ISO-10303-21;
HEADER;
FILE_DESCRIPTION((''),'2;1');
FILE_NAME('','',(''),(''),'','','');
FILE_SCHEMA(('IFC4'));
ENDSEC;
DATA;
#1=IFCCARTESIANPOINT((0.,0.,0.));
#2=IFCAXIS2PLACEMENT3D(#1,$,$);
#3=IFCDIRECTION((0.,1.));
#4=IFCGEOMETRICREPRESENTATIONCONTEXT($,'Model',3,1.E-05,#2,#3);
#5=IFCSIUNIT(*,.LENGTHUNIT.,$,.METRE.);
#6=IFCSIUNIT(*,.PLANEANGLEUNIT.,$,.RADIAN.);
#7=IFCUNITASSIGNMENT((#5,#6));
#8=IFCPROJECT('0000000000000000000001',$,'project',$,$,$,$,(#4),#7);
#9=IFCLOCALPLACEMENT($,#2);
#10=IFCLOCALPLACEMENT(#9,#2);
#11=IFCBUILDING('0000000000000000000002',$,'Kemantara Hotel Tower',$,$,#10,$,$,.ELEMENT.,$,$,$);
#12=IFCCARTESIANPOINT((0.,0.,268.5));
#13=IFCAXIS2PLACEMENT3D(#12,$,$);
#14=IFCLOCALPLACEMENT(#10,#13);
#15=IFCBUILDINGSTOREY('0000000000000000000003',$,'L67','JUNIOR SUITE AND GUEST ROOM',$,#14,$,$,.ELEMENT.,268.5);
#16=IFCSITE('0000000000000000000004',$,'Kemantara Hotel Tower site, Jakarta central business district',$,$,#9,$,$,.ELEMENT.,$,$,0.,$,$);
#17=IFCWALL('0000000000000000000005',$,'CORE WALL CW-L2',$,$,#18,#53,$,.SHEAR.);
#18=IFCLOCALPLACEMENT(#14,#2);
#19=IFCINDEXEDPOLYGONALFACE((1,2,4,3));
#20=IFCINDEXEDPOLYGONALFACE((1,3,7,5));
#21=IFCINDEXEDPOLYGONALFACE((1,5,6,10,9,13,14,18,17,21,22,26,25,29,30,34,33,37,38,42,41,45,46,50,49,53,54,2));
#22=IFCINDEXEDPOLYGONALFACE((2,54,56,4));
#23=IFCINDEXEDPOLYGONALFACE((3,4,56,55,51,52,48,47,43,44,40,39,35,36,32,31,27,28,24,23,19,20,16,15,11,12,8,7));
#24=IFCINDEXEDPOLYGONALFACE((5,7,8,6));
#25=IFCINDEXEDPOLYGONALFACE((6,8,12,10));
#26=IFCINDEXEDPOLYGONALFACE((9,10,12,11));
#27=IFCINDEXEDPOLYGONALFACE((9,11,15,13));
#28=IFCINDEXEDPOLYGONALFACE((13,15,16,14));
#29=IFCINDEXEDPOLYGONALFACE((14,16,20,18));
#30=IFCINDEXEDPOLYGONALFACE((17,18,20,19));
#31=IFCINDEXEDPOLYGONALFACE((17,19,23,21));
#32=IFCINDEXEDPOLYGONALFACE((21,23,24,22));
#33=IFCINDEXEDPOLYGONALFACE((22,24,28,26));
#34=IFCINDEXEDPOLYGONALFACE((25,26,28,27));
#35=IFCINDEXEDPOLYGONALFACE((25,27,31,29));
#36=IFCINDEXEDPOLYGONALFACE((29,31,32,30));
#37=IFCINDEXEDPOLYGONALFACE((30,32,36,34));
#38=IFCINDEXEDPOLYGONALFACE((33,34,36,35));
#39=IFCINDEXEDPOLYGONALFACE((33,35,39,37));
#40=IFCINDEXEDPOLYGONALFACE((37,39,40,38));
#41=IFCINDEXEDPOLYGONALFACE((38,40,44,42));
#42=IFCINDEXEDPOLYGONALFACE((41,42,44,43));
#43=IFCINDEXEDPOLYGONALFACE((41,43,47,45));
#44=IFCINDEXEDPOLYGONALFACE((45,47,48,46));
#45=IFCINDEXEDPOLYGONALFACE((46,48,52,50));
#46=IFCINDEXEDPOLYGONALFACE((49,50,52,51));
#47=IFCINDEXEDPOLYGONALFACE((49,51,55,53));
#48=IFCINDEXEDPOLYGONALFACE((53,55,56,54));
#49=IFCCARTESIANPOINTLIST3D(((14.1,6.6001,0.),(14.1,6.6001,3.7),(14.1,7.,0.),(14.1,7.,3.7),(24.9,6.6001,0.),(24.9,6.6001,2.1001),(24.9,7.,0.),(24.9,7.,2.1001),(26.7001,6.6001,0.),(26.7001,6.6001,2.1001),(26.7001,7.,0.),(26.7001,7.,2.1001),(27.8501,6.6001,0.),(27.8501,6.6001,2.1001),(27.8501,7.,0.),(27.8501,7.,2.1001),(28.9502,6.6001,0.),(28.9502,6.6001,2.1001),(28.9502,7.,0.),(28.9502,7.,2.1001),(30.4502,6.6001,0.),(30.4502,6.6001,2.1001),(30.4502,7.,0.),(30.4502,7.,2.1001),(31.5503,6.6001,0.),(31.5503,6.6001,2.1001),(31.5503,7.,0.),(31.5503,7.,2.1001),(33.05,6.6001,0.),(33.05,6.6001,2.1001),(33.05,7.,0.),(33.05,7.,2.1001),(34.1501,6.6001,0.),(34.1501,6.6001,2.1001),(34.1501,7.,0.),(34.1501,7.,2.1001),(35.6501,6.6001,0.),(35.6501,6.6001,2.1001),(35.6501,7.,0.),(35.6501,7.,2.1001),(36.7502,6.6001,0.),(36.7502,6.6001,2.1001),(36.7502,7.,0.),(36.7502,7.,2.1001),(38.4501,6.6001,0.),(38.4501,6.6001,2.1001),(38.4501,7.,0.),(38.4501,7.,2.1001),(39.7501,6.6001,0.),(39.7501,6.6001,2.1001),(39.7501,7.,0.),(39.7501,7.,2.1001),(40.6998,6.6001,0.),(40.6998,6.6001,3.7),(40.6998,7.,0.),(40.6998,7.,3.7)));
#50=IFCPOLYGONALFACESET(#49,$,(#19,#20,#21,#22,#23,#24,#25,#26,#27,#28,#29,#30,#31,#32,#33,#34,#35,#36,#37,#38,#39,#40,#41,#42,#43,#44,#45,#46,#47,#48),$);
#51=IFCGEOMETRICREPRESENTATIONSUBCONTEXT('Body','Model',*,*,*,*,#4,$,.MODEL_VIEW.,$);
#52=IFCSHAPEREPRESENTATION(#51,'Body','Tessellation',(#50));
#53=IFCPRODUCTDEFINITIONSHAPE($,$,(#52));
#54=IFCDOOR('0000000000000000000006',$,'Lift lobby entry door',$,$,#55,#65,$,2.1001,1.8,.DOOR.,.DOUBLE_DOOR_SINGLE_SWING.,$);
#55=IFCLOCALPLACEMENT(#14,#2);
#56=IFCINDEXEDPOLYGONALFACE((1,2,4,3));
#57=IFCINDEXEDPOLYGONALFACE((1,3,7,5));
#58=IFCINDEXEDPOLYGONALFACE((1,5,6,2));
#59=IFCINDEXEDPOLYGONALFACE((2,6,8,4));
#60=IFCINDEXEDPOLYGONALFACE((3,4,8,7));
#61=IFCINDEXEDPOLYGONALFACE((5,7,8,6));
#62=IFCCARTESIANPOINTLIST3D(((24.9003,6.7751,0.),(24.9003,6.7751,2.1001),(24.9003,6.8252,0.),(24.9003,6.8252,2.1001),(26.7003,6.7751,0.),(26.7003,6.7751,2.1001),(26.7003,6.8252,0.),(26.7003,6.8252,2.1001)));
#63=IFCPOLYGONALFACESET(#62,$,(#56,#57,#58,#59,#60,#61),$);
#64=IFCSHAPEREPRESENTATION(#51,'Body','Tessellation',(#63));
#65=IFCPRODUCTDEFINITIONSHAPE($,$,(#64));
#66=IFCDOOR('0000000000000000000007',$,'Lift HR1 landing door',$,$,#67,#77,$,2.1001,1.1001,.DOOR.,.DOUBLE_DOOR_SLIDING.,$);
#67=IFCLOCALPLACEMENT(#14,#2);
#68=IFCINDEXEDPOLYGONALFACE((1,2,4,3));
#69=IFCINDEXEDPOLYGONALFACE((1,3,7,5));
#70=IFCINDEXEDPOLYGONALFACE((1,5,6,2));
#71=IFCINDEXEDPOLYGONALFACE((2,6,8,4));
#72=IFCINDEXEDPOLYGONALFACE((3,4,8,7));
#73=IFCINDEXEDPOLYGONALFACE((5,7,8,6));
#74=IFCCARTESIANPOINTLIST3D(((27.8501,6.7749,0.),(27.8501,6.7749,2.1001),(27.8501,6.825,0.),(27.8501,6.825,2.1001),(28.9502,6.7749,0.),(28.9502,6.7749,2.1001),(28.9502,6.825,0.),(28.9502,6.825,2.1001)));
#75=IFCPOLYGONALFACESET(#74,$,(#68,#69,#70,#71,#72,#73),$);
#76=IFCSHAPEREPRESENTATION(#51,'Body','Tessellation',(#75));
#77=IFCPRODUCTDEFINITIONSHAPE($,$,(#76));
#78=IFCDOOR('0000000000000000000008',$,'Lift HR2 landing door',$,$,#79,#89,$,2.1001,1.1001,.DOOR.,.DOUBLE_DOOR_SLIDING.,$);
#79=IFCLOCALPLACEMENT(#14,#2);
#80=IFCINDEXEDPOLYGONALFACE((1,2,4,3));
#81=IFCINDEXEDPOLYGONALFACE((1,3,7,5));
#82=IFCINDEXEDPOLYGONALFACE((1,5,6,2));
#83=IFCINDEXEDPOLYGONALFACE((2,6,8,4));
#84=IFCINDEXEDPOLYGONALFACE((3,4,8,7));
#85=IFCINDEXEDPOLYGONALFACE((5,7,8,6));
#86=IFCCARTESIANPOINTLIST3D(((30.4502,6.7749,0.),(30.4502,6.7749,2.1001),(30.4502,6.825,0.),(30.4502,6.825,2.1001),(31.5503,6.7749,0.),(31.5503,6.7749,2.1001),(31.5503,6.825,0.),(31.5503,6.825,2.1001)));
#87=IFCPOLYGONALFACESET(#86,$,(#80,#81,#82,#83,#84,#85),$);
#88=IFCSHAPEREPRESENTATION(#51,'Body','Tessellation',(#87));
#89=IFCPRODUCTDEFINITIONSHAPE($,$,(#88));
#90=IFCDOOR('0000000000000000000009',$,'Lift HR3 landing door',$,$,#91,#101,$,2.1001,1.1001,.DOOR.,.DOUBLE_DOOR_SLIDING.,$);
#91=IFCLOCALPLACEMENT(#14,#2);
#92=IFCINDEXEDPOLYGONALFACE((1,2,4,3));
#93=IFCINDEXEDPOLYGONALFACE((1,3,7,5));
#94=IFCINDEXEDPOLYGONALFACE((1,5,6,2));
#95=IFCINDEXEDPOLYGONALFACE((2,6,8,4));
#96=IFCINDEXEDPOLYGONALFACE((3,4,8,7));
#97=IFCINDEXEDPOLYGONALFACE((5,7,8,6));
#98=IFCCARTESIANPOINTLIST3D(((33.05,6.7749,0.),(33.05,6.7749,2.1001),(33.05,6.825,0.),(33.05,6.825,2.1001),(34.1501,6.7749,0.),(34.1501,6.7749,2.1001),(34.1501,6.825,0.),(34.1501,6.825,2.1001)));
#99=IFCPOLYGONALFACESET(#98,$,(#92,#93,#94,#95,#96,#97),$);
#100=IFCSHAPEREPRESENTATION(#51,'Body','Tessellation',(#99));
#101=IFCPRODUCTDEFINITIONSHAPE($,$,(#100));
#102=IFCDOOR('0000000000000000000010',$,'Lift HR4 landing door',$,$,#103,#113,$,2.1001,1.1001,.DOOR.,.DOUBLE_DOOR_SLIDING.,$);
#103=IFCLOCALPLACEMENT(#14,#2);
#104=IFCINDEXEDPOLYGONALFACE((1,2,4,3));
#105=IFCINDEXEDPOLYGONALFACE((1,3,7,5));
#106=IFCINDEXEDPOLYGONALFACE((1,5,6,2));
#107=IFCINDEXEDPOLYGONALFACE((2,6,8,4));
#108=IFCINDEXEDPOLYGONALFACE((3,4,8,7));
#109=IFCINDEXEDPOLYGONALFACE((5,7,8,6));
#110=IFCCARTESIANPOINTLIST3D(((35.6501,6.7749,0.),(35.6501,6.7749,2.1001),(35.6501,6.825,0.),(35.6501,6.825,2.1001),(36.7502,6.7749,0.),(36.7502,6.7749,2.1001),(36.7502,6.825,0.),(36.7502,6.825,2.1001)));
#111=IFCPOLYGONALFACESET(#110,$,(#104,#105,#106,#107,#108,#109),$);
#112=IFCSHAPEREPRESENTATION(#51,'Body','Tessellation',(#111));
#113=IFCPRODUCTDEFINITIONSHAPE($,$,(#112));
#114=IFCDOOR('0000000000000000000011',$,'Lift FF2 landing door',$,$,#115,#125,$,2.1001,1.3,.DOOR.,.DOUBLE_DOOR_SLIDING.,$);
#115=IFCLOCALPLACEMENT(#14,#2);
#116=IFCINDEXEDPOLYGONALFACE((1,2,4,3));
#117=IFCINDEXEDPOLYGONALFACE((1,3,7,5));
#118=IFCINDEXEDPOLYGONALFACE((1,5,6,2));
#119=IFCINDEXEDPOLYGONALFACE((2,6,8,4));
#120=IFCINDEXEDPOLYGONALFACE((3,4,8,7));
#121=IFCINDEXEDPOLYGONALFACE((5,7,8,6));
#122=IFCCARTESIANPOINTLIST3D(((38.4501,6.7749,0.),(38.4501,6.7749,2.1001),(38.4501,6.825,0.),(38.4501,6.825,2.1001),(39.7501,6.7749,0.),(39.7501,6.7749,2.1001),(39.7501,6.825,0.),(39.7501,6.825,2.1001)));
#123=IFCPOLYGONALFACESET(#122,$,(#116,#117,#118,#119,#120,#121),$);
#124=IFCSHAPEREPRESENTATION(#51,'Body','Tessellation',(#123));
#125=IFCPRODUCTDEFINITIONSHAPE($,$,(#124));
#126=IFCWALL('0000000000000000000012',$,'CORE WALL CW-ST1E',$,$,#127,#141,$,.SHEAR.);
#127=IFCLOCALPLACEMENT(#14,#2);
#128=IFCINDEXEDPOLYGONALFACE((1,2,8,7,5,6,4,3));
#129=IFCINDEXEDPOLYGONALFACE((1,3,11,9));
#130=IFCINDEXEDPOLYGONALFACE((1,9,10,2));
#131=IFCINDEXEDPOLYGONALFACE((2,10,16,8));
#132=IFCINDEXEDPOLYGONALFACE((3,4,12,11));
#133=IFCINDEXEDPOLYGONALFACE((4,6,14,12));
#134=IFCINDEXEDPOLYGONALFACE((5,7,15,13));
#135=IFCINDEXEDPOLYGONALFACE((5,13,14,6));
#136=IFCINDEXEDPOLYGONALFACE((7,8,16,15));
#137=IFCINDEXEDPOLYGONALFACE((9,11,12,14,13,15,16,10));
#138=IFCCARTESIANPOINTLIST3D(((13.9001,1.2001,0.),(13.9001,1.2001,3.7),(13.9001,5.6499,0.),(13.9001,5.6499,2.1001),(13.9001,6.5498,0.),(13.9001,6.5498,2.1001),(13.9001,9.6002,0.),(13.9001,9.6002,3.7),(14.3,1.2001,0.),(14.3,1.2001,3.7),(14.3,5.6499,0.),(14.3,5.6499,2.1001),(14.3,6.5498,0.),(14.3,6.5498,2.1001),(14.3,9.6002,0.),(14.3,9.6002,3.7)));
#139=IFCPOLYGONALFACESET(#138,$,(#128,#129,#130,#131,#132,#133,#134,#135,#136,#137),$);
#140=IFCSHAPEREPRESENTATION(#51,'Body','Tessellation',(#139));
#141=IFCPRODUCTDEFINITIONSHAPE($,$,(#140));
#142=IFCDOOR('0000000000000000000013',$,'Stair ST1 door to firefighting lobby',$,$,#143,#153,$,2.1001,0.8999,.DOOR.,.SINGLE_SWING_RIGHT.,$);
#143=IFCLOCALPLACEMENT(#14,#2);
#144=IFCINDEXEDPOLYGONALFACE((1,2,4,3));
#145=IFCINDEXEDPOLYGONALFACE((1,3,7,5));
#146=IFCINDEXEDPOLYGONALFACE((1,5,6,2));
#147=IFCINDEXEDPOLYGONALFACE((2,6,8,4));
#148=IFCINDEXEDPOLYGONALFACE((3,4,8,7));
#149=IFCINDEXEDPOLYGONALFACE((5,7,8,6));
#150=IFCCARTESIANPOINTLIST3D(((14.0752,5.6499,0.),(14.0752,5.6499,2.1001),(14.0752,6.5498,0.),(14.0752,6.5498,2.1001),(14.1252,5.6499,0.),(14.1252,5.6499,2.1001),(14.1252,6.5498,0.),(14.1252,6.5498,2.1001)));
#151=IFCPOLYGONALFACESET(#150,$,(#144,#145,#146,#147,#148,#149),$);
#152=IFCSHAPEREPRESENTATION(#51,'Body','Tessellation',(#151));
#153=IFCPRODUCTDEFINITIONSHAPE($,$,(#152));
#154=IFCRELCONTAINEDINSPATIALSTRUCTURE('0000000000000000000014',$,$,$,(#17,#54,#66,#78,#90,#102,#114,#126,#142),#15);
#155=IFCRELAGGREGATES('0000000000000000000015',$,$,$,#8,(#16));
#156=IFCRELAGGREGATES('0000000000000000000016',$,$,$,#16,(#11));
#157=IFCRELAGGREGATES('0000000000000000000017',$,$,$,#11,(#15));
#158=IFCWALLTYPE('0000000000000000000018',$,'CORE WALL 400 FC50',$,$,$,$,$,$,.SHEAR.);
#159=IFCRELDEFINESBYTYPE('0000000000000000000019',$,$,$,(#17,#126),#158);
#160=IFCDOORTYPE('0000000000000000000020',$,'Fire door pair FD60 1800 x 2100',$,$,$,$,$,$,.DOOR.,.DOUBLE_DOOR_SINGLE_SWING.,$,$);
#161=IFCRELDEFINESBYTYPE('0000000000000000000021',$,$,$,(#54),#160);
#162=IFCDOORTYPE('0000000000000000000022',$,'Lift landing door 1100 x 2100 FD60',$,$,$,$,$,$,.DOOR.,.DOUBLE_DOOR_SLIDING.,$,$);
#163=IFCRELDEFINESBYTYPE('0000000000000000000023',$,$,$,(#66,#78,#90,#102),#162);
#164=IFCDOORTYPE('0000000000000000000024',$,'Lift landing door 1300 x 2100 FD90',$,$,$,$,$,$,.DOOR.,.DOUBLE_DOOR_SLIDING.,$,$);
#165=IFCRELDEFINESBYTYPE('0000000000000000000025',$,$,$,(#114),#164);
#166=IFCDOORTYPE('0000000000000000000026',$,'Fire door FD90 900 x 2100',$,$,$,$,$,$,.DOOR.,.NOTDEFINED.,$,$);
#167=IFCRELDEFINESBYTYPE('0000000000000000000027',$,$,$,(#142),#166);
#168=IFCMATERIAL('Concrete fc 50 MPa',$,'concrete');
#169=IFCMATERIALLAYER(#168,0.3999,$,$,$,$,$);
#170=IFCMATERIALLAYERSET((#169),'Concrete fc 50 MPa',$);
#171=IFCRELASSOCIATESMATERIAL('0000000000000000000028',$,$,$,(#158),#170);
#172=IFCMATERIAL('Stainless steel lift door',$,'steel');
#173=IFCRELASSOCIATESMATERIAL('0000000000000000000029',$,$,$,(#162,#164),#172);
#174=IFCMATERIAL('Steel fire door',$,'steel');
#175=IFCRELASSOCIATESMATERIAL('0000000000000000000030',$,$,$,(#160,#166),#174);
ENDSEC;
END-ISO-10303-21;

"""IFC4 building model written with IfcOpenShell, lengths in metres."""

from ifc_helpers import new_model, si_unit, direction, frame, frame_2d, origin, place, context, subcontext, project, spatial, rectangle, extrude, material, layer, layer_set, type_object, element, fill, save


model = new_model("IFC4")

# Units and contexts
model_context = context("Model", 3, precision=1e-05, world=origin(), true_north=direction((0.0, 1.0)))
body_context = subcontext(model_context, "Body", "Model", "MODEL_VIEW")
ifc_project = project(units=[si_unit("LENGTHUNIT", "METRE"), si_unit("PLANEANGLEUNIT", "RADIAN")], contexts=[model_context])

# Site, building, storey
site_placement = place(None, origin())
site = spatial("IfcSite", under=ifc_project, at=site_placement, Name="Kemantara Hotel Tower site, Jakarta central business district", CompositionType="ELEMENT", RefElevation=0.0)
building_placement = place(site_placement, origin())
building = spatial("IfcBuilding", under=site, at=building_placement, Name="Kemantara Hotel Tower", CompositionType="ELEMENT")
storey_placement = place(building_placement, frame((0.0, 0.0, 268.5)))
storey = spatial("IfcBuildingStorey", under=building, at=storey_placement, Name="L67", Description="JUNIOR SUITE AND GUEST ROOM", CompositionType="ELEMENT", Elevation=268.5)

# Shared definitions
ifc_material_1 = material(Name="Concrete fc 50 MPa", Category="concrete")

# Shared definitions
ifc_layer_1 = layer(ifc_material_1, 0.3999)
ifc_layer_set_1 = layer_set([ifc_layer_1], Name="Concrete fc 50 MPa")
wall_type_1 = type_object("IfcWallType", Name="CORE WALL 400 FC50", PredefinedType="SHEAR", material=ifc_layer_set_1)
ifc_material_2 = material(Name="Steel fire door", Category="steel")

# Wall, openings, doors
ifc_material_3 = material(Name="Stainless steel lift door", Category="steel")
door_type_1 = type_object("IfcDoorType", Name="Lift landing door 1100 x 2100 FD60", OperationType="DOUBLE_DOOR_SLIDING", PredefinedType="DOOR", material=ifc_material_3)
door_type_2 = type_object("IfcDoorType", Name="Lift landing door 1300 x 2100 FD90", OperationType="DOUBLE_DOOR_SLIDING", PredefinedType="DOOR", material=ifc_material_3)
wall_1_placement = place(storey_placement, frame((14.1001, 6.8, 0.0), z_axis=(0.0, 0.0, 1.0), x_axis=(1.0, 0.0, 0.0)))
wall_1 = element("IfcWall", 1, at=wall_1_placement, inside=storey, type_object=wall_type_1, Name="CORE WALL CW-L2", PredefinedType="SHEAR", context=body_context, shape_type="SweptSolid", body=[
    extrude(rectangle(XDim=26.5999, YDim=0.3999, at=frame_2d((13.2998, 0.0))), origin(), (0.0, 0.0, 1.0), 3.7),
])
opening_1_placement = place(wall_1_placement, frame((10.8, 0.0, 0.0)))
opening_1 = element("IfcOpeningElement", 2, at=opening_1_placement, cuts=wall_1, PredefinedType="OPENING", context=body_context, shape_type="SweptSolid", body=[
    extrude(rectangle(XDim=1.8, YDim=2.1001, at=frame_2d((0.8999, 1.05))), frame((0.0, 0.21, 0.0), z_axis=(0.0, -1.0, 0.0), x_axis=(1.0, 0.0, 0.0)), (0.0, 0.0, 1.0), 0.4199),
])
opening_2_placement = place(wall_1_placement, frame((13.75, 0.0, 0.0)))
opening_2 = element("IfcOpeningElement", 3, at=opening_2_placement, cuts=wall_1, PredefinedType="OPENING", context=body_context, shape_type="SweptSolid", body=[
    extrude(rectangle(XDim=1.1001, YDim=2.1001, at=frame_2d((0.55, 1.05))), frame((0.0, 0.21, 0.0), z_axis=(0.0, -1.0, 0.0), x_axis=(1.0, 0.0, 0.0)), (0.0, 0.0, 1.0), 0.4199),
])
opening_3_placement = place(wall_1_placement, frame((16.3501, 0.0, 0.0)))
opening_3 = element("IfcOpeningElement", 4, at=opening_3_placement, cuts=wall_1, PredefinedType="OPENING", context=body_context, shape_type="SweptSolid", body=[
    extrude(rectangle(XDim=1.1001, YDim=2.1001, at=frame_2d((0.55, 1.05))), frame((0.0, 0.21, 0.0), z_axis=(0.0, -1.0, 0.0), x_axis=(1.0, 0.0, 0.0)), (0.0, 0.0, 1.0), 0.4199),
])
opening_4_placement = place(wall_1_placement, frame((18.95, 0.0, 0.0)))
opening_4 = element("IfcOpeningElement", 5, at=opening_4_placement, cuts=wall_1, PredefinedType="OPENING", context=body_context, shape_type="SweptSolid", body=[
    extrude(rectangle(XDim=1.1001, YDim=2.1001, at=frame_2d((0.55, 1.05))), frame((0.0, 0.21, 0.0), z_axis=(0.0, -1.0, 0.0), x_axis=(1.0, 0.0, 0.0)), (0.0, 0.0, 1.0), 0.4199),
])
opening_5_placement = place(wall_1_placement, frame((21.55, 0.0, 0.0)))
opening_5 = element("IfcOpeningElement", 6, at=opening_5_placement, cuts=wall_1, PredefinedType="OPENING", context=body_context, shape_type="SweptSolid", body=[
    extrude(rectangle(XDim=1.1001, YDim=2.1001, at=frame_2d((0.55, 1.05))), frame((0.0, 0.21, 0.0), z_axis=(0.0, -1.0, 0.0), x_axis=(1.0, 0.0, 0.0)), (0.0, 0.0, 1.0), 0.4199),
])
opening_6_placement = place(wall_1_placement, frame((24.3501, 0.0, 0.0)))
opening_6 = element("IfcOpeningElement", 7, at=opening_6_placement, cuts=wall_1, PredefinedType="OPENING", context=body_context, shape_type="SweptSolid", body=[
    extrude(rectangle(XDim=1.3, YDim=2.1001, at=frame_2d((0.6499, 1.05))), frame((0.0, 0.21, 0.0), z_axis=(0.0, -1.0, 0.0), x_axis=(1.0, 0.0, 0.0)), (0.0, 0.0, 1.0), 0.4199),
])
door_type_3 = type_object("IfcDoorType", Name="Fire door pair FD60 1800 x 2100", OperationType="DOUBLE_DOOR_SINGLE_SWING", PredefinedType="DOOR", material=ifc_material_2)
door_1_placement = place(opening_1_placement, frame((1.8, 0.0, 0.0), z_axis=(0.0, 0.0, 1.0), x_axis=(-1.0, 0.0, 0.0)))
door_1 = element("IfcDoor", 8, at=door_1_placement, inside=storey, type_object=door_type_3, Name="Lift lobby entry door", OperationType="DOUBLE_DOOR_SINGLE_SWING", OverallHeight=2.1001, OverallWidth=1.8, PredefinedType="DOOR", context=body_context, shape_type="SweptSolid", body=[
    extrude(rectangle(XDim=1.8, YDim=2.1001, at=frame_2d((0.8999, 1.05))), frame((0.0, 0.0249, 0.0), z_axis=(0.0, -1.0, 0.0), x_axis=(1.0, 0.0, 0.0)), (0.0, 0.0, 1.0), 0.05),
])
fill(opening_1, door_1)
door_2_placement = place(opening_2_placement, origin())
door_2 = element("IfcDoor", 9, at=door_2_placement, inside=storey, type_object=door_type_1, Name="Lift HR1 landing door", OperationType="DOUBLE_DOOR_SLIDING", OverallHeight=2.1001, OverallWidth=1.1001, PredefinedType="DOOR", context=body_context, shape_type="SweptSolid", body=[
    extrude(rectangle(XDim=1.1001, YDim=2.1001, at=frame_2d((0.55, 1.05))), frame((0.0, 0.0249, 0.0), z_axis=(0.0, -1.0, 0.0), x_axis=(1.0, 0.0, 0.0)), (0.0, 0.0, 1.0), 0.05),
])
fill(opening_2, door_2)
door_3_placement = place(opening_3_placement, origin())
door_3 = element("IfcDoor", 10, at=door_3_placement, inside=storey, type_object=door_type_1, Name="Lift HR2 landing door", OperationType="DOUBLE_DOOR_SLIDING", OverallHeight=2.1001, OverallWidth=1.1001, PredefinedType="DOOR", context=body_context, shape_type="SweptSolid", body=[
    extrude(rectangle(XDim=1.1001, YDim=2.1001, at=frame_2d((0.55, 1.05))), frame((0.0, 0.0249, 0.0), z_axis=(0.0, -1.0, 0.0), x_axis=(1.0, 0.0, 0.0)), (0.0, 0.0, 1.0), 0.05),
])
fill(opening_3, door_3)
door_4_placement = place(opening_4_placement, origin())
door_4 = element("IfcDoor", 11, at=door_4_placement, inside=storey, type_object=door_type_1, Name="Lift HR3 landing door", OperationType="DOUBLE_DOOR_SLIDING", OverallHeight=2.1001, OverallWidth=1.1001, PredefinedType="DOOR", context=body_context, shape_type="SweptSolid", body=[
    extrude(rectangle(XDim=1.1001, YDim=2.1001, at=frame_2d((0.55, 1.05))), frame((0.0, 0.0249, 0.0), z_axis=(0.0, -1.0, 0.0), x_axis=(1.0, 0.0, 0.0)), (0.0, 0.0, 1.0), 0.05),
])
fill(opening_4, door_4)
door_5_placement = place(opening_5_placement, origin())
door_5 = element("IfcDoor", 12, at=door_5_placement, inside=storey, type_object=door_type_1, Name="Lift HR4 landing door", OperationType="DOUBLE_DOOR_SLIDING", OverallHeight=2.1001, OverallWidth=1.1001, PredefinedType="DOOR", context=body_context, shape_type="SweptSolid", body=[
    extrude(rectangle(XDim=1.1001, YDim=2.1001, at=frame_2d((0.55, 1.05))), frame((0.0, 0.0249, 0.0), z_axis=(0.0, -1.0, 0.0), x_axis=(1.0, 0.0, 0.0)), (0.0, 0.0, 1.0), 0.05),
])
fill(opening_5, door_5)
door_6_placement = place(opening_6_placement, origin())
door_6 = element("IfcDoor", 13, at=door_6_placement, inside=storey, type_object=door_type_2, Name="Lift FF2 landing door", OperationType="DOUBLE_DOOR_SLIDING", OverallHeight=2.1001, OverallWidth=1.3, PredefinedType="DOOR", context=body_context, shape_type="SweptSolid", body=[
    extrude(rectangle(XDim=1.3, YDim=2.1001, at=frame_2d((0.6499, 1.05))), frame((0.0, 0.0249, 0.0), z_axis=(0.0, -1.0, 0.0), x_axis=(1.0, 0.0, 0.0)), (0.0, 0.0, 1.0), 0.05),
])
fill(opening_6, door_6)

# Wall, opening, door
wall_2_placement = place(storey_placement, frame((14.1001, 1.2, 0.0), z_axis=(0.0, 0.0, 1.0), x_axis=(0.0, 1.0, 0.0)))
wall_2 = element("IfcWall", 14, at=wall_2_placement, inside=storey, type_object=wall_type_1, Name="CORE WALL CW-ST1E", PredefinedType="SHEAR", context=body_context, shape_type="SweptSolid", body=[
    extrude(rectangle(XDim=8.4001, YDim=0.3999, at=frame_2d((4.2002, 0.0))), origin(), (0.0, 0.0, 1.0), 3.7),
])
opening_7_placement = place(wall_2_placement, frame((4.45, 0.0, 0.0)))
opening_7 = element("IfcOpeningElement", 15, at=opening_7_placement, cuts=wall_2, PredefinedType="OPENING", context=body_context, shape_type="SweptSolid", body=[
    extrude(rectangle(XDim=0.8999, YDim=2.1001, at=frame_2d((0.45, 1.05))), frame((0.0, 0.21, 0.0), z_axis=(0.0, -1.0, 0.0), x_axis=(1.0, 0.0, 0.0)), (0.0, 0.0, 1.0), 0.4199),
])
door_type_4 = type_object("IfcDoorType", Name="Fire door FD90 900 x 2100", OperationType="NOTDEFINED", PredefinedType="DOOR", material=ifc_material_2)
door_7_placement = place(opening_7_placement, origin())
door_7 = element("IfcDoor", 16, at=door_7_placement, inside=storey, type_object=door_type_4, Name="Stair ST1 door to firefighting lobby", OperationType="SINGLE_SWING_RIGHT", OverallHeight=2.1001, OverallWidth=0.8999, PredefinedType="DOOR", context=body_context, shape_type="SweptSolid", body=[
    extrude(rectangle(XDim=0.8999, YDim=2.1001, at=frame_2d((0.45, 1.05))), frame((0.0, 0.0249, 0.0), z_axis=(0.0, -1.0, 0.0), x_axis=(1.0, 0.0, 0.0)), (0.0, 0.0, 1.0), 0.05),
])
fill(opening_7, door_7)

save(model, "model.ifc")
